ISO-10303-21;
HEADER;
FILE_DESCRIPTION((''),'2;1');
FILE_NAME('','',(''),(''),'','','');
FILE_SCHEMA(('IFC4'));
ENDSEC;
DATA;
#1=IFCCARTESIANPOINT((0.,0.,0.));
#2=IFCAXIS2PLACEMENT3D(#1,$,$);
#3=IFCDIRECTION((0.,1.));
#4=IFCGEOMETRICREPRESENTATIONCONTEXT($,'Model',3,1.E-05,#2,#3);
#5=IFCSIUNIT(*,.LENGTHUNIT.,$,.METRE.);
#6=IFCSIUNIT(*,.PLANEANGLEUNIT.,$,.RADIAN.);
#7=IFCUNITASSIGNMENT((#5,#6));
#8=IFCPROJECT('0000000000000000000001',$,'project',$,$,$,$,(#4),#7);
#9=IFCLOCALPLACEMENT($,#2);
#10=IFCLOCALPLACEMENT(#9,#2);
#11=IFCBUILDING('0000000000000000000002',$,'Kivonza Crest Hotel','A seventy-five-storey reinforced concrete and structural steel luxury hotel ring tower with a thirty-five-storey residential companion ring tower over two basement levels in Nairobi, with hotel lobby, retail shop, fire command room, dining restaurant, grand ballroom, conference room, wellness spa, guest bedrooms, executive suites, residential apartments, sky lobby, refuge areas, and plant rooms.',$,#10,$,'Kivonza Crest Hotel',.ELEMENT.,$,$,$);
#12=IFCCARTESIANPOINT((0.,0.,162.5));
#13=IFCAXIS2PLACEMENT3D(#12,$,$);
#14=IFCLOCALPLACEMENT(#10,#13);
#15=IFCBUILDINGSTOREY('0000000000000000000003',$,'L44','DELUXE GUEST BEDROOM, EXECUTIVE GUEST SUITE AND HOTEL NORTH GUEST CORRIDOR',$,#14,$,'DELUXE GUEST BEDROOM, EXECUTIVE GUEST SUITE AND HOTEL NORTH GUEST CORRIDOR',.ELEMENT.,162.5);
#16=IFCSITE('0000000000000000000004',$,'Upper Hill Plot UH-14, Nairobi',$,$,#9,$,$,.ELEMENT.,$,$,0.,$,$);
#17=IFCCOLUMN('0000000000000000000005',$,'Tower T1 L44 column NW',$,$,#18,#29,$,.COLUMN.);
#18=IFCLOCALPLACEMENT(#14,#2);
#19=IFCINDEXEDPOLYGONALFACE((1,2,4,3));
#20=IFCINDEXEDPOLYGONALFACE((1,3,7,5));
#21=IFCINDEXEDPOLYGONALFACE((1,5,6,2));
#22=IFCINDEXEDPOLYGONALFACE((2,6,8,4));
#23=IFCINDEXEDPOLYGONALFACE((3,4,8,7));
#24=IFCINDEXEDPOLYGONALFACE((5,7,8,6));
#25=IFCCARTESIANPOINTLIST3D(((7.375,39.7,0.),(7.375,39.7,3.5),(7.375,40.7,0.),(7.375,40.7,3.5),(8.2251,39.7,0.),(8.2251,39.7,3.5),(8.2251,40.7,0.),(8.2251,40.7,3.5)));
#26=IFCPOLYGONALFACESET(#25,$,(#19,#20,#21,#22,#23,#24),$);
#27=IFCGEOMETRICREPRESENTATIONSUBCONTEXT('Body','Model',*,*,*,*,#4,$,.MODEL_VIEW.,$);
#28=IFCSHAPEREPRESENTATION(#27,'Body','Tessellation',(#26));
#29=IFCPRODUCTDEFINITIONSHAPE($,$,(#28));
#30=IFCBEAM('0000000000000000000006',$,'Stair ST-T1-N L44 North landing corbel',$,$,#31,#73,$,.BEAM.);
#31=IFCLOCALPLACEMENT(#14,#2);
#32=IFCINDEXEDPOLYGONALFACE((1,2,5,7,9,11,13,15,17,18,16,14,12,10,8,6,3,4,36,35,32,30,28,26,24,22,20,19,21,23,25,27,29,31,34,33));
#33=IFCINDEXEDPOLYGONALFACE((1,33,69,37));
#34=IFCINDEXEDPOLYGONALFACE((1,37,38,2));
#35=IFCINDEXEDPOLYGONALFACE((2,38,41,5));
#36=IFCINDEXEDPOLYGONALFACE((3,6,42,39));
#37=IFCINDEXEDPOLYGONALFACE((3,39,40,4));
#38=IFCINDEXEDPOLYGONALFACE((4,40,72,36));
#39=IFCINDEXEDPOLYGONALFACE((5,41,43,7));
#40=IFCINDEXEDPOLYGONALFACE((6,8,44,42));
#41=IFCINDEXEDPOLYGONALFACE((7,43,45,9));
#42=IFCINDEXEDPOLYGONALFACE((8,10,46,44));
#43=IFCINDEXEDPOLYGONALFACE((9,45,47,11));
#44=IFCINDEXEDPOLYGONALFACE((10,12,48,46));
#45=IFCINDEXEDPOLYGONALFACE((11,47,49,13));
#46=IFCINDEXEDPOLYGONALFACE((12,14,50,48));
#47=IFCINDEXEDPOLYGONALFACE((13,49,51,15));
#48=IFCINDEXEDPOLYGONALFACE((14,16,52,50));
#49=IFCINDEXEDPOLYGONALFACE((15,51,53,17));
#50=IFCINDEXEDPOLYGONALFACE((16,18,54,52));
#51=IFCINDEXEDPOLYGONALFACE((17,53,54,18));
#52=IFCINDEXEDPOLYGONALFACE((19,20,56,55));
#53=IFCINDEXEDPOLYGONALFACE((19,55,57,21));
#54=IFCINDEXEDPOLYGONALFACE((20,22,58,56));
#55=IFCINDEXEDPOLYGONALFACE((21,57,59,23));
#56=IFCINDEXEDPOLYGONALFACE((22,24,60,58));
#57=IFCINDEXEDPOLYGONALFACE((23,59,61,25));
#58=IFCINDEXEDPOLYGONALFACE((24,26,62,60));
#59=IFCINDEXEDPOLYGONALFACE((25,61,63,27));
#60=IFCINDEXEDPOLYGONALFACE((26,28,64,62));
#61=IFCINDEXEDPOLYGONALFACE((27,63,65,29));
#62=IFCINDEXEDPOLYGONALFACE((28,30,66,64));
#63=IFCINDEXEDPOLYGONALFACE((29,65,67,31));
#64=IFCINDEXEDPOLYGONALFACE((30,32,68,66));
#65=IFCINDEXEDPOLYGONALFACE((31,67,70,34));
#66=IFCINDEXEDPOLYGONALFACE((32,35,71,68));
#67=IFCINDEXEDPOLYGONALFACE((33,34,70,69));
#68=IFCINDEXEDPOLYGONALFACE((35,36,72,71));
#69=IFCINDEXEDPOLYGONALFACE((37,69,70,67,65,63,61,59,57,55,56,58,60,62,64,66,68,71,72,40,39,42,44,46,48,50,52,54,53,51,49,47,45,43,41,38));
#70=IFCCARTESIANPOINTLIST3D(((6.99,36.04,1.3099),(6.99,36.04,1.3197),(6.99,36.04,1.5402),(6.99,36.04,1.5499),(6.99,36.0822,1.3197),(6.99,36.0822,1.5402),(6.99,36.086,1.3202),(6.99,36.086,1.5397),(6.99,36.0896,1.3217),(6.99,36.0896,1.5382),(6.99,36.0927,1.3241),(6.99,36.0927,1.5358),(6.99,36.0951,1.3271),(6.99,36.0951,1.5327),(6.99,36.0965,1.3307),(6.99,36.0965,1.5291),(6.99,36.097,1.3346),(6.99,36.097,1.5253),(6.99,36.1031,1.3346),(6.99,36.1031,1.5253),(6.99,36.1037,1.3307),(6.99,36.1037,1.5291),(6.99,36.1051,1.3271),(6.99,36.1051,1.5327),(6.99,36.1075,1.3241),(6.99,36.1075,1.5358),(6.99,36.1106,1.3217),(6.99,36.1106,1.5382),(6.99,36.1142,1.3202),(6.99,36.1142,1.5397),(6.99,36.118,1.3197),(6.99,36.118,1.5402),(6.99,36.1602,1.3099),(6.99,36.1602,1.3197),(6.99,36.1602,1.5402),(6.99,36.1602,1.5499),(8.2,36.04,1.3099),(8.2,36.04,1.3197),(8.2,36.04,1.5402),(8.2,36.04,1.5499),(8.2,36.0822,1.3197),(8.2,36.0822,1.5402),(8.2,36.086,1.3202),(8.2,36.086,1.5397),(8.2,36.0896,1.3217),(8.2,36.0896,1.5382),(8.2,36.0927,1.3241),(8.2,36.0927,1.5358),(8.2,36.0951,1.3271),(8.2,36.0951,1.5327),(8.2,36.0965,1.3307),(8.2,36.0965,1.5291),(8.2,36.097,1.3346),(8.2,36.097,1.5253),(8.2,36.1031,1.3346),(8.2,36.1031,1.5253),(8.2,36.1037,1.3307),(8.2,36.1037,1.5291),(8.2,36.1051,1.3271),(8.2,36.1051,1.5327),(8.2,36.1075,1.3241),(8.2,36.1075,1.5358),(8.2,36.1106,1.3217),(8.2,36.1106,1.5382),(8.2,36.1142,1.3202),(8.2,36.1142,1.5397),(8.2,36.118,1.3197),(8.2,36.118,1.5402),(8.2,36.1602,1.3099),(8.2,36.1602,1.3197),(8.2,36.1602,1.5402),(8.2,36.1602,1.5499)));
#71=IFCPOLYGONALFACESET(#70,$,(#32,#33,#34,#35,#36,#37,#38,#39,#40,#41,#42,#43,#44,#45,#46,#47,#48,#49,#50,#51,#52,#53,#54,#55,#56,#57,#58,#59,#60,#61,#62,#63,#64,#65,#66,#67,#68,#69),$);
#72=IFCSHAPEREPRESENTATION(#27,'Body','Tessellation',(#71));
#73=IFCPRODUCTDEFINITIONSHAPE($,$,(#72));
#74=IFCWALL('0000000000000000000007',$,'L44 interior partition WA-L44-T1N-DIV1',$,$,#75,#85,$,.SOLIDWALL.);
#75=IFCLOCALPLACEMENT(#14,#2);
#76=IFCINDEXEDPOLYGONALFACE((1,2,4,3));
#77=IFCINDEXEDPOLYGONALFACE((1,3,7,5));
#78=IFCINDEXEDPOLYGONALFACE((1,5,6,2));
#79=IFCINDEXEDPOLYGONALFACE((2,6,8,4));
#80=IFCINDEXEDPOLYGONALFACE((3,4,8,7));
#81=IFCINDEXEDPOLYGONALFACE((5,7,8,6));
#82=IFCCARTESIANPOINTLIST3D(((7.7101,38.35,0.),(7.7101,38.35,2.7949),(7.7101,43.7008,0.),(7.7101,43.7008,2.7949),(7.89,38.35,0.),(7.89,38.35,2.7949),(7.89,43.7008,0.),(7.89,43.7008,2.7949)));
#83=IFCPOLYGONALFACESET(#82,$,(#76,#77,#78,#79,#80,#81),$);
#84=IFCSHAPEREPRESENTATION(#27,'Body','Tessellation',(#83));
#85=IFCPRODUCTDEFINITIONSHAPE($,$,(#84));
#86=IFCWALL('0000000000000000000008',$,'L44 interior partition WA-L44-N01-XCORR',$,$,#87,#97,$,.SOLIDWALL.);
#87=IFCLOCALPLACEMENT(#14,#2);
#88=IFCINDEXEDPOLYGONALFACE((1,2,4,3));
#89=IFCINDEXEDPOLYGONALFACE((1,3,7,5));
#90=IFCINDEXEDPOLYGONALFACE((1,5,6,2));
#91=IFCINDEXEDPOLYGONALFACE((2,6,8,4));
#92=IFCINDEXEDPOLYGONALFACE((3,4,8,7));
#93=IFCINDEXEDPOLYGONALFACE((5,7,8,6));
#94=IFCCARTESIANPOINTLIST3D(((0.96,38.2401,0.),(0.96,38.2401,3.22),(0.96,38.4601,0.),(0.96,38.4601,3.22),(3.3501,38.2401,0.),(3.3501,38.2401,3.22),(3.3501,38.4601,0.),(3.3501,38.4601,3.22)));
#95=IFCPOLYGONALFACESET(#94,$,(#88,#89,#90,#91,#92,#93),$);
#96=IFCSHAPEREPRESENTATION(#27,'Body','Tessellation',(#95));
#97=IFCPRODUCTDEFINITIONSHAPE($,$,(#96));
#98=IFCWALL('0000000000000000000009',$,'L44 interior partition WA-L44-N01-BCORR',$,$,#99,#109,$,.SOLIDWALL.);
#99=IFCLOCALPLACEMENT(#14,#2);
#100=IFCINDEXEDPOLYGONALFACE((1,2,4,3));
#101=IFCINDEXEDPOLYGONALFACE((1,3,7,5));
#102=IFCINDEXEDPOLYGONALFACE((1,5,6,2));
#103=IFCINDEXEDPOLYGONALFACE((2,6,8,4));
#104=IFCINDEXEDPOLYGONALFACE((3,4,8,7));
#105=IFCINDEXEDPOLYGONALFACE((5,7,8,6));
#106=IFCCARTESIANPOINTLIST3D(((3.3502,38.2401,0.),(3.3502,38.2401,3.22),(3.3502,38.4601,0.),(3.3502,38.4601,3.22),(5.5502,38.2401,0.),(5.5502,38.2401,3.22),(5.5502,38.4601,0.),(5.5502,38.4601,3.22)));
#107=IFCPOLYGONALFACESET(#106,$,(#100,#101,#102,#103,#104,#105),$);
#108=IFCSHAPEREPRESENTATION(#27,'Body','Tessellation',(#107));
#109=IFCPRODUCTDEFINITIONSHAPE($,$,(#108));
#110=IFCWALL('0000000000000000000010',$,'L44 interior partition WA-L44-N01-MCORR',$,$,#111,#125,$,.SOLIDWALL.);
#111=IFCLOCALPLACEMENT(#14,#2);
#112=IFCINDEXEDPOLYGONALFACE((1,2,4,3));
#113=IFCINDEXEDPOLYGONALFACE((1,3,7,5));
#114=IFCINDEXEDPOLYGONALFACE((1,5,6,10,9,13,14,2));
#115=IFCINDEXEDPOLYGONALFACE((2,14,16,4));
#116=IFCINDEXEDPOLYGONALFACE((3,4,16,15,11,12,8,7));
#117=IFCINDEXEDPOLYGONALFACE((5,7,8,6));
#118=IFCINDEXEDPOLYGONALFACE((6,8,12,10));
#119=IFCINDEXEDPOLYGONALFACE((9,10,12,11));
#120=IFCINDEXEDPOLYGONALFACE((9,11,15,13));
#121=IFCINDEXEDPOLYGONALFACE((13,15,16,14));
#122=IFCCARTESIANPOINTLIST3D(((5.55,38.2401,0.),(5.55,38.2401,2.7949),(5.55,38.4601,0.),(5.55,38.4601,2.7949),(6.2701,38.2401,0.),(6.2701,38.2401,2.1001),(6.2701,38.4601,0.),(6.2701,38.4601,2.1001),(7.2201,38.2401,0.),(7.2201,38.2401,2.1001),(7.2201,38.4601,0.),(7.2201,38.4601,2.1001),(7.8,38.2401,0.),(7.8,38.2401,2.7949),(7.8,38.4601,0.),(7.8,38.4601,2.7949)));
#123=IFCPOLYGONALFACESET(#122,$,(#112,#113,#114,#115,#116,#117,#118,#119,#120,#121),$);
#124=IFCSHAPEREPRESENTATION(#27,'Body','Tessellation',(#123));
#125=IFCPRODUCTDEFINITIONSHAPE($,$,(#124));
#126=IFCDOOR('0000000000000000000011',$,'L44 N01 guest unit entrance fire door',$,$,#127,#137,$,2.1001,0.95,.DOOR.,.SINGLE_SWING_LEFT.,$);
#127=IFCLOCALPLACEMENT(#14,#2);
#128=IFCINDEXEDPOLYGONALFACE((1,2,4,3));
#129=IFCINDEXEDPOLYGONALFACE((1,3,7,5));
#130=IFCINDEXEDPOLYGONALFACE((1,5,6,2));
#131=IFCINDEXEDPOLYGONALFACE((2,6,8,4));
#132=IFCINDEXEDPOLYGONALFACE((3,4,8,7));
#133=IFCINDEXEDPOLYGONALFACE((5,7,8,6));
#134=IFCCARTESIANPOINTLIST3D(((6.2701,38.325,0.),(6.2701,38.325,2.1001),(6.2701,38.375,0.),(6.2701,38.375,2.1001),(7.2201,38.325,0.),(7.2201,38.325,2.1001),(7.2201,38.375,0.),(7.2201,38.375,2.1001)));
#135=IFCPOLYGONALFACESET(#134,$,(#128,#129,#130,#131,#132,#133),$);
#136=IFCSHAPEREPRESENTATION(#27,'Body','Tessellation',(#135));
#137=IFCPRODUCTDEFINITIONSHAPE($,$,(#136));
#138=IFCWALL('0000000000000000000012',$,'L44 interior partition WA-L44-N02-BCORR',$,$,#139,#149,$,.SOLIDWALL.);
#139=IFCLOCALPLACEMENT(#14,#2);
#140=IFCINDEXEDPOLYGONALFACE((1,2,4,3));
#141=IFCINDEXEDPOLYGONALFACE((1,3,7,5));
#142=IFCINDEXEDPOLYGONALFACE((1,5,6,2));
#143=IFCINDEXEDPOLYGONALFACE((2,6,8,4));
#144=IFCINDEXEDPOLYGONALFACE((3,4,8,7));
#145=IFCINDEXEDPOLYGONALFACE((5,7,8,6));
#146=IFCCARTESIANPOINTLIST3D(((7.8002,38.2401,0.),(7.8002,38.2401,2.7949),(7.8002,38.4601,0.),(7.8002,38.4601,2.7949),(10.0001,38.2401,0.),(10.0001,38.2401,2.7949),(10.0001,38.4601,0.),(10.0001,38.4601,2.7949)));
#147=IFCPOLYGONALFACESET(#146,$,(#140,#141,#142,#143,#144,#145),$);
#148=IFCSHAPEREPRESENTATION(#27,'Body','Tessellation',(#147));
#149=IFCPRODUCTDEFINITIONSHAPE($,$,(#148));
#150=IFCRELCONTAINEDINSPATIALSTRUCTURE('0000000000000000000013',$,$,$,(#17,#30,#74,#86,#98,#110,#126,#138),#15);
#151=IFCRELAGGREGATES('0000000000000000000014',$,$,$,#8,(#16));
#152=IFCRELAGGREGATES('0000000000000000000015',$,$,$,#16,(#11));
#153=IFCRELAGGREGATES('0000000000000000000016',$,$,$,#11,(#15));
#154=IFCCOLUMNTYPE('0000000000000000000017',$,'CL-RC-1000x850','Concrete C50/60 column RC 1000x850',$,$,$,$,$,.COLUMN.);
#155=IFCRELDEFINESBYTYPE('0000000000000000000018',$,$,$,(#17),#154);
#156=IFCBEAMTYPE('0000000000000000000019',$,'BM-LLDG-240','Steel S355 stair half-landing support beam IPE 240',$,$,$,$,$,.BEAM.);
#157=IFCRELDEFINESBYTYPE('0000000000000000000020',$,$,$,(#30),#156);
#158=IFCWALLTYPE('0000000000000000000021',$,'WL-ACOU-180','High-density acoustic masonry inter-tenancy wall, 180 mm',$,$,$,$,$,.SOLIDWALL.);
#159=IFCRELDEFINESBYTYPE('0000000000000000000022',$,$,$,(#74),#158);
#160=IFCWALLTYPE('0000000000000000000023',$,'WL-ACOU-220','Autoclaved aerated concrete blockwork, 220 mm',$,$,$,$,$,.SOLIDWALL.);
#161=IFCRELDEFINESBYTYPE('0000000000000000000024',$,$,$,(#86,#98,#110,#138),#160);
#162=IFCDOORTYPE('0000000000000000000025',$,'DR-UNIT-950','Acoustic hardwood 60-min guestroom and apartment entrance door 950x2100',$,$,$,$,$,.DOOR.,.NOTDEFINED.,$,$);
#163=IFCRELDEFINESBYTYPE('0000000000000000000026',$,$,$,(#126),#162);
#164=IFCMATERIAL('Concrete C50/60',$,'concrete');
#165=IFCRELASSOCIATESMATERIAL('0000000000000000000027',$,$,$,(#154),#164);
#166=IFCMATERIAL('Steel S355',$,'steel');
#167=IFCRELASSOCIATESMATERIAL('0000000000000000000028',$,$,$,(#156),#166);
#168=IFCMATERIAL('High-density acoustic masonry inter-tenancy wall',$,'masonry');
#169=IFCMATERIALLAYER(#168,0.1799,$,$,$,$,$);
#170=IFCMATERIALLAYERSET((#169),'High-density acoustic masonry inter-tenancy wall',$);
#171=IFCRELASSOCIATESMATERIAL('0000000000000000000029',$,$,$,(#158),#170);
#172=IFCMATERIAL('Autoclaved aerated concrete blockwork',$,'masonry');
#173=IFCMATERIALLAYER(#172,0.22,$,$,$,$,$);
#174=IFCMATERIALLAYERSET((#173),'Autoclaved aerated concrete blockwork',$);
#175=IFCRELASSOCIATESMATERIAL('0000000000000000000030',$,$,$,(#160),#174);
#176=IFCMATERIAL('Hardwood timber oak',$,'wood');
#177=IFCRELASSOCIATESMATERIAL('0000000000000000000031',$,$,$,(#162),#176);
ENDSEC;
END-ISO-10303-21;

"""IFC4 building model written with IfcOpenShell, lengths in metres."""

from ifc_helpers import new_model, si_unit, direction, frame, frame_2d, origin, origin_2d, place, context, subcontext, project, spatial, rectangle, i_section, extrude, material, layer, layer_set, material_profile, profile_set, type_object, element, fill, save


model = new_model("IFC4")

# Units and contexts
model_context = context("Model", 3, precision=1e-05, world=origin(), true_north=direction((0.0, 1.0)))
body_context = subcontext(model_context, "Body", "Model", "MODEL_VIEW")
ifc_project = project(units=[si_unit("LENGTHUNIT", "METRE"), si_unit("PLANEANGLEUNIT", "RADIAN")], contexts=[model_context])

# Site, building, storey
site_placement = place(None, origin())
site = spatial("IfcSite", under=ifc_project, at=site_placement, Name="Upper Hill Plot UH-14, Nairobi", CompositionType="ELEMENT", RefElevation=0.0)
building_placement = place(site_placement, origin())
building = spatial("IfcBuilding", under=site, at=building_placement, Name="Kivonza Crest Hotel", Description="A seventy-five-storey reinforced concrete and structural steel luxury hotel ring tower with a thirty-five-storey residential companion ring tower over two basement levels in Nairobi, with hotel lobby, retail shop, fire command room, dining restaurant, grand ballroom, conference room, wellness spa, guest bedrooms, executive suites, residential apartments, sky lobby, refuge areas, and plant rooms.", LongName="Kivonza Crest Hotel", CompositionType="ELEMENT")
storey_placement = place(building_placement, frame((0.0, 0.0, 162.5)))
storey = spatial("IfcBuildingStorey", under=building, at=storey_placement, Name="L44", Description="DELUXE GUEST BEDROOM, EXECUTIVE GUEST SUITE AND HOTEL NORTH GUEST CORRIDOR", LongName="DELUXE GUEST BEDROOM, EXECUTIVE GUEST SUITE AND HOTEL NORTH GUEST CORRIDOR", CompositionType="ELEMENT", Elevation=162.5)

# Column
ifc_material_1 = material(Name="Concrete C50/60", Category="concrete")
ifc_material_profile_1 = material_profile(ifc_material_1, rectangle(XDim=0.8501, YDim=1.0, at=origin_2d()), Name="RC 1000x850")
ifc_profile_set_1 = profile_set([ifc_material_profile_1], Name="Concrete C50/60")
column_type = type_object("IfcColumnType", Name="CL-RC-1000x850", Description="Concrete C50/60 column RC 1000x850", PredefinedType="COLUMN", material=ifc_profile_set_1)
column_placement = place(storey_placement, frame((7.8, 40.2, 0.0), z_axis=(0.0, 0.0, 1.0), x_axis=(1.0, 0.0, 0.0)))
element("IfcColumn", 1, at=column_placement, inside=storey, type_object=column_type, Name="Tower T1 L44 column NW", PredefinedType="COLUMN", context=body_context, shape_type="SweptSolid", body=[
    extrude(rectangle(XDim=0.8501, YDim=1.0, at=origin_2d()), origin(), (0.0, 0.0, 1.0), 3.5),
])

# Beam
ifc_material_2 = material(Name="Steel S355", Category="steel")
ifc_material_profile_2 = material_profile(ifc_material_2, i_section(OverallWidth=0.1201, OverallDepth=0.24, WebThickness=0.0061, FlangeThickness=0.0098, FilletRadius=0.0149, at=origin_2d()), Name="IPE 240")
ifc_profile_set_2 = profile_set([ifc_material_profile_2], Name="Steel S355")
beam_type = type_object("IfcBeamType", Name="BM-LLDG-240", Description="Steel S355 stair half-landing support beam IPE 240", PredefinedType="BEAM", material=ifc_profile_set_2)
beam_placement = place(storey_placement, frame((6.99, 36.1001, 1.4299), z_axis=(1.0, 0.0, 0.0), x_axis=(0.0, 1.0, 0.0)))
element("IfcBeam", 2, at=beam_placement, inside=storey, type_object=beam_type, Name="Stair ST-T1-N L44 North landing corbel", PredefinedType="BEAM", context=body_context, shape_type="SweptSolid", body=[
    extrude(i_section(OverallWidth=0.1201, OverallDepth=0.24, WebThickness=0.0061, FlangeThickness=0.0098, FilletRadius=0.0149, at=origin_2d()), origin(), (0.0, 0.0, 1.0), 1.21),
])

# Walls
ifc_material_3 = material(Name="High-density acoustic masonry inter-tenancy wall", Category="masonry")
ifc_layer_1 = layer(ifc_material_3, 0.1799)
ifc_layer_set_1 = layer_set([ifc_layer_1], Name="High-density acoustic masonry inter-tenancy wall")
wall_type_1 = type_object("IfcWallType", Name="WL-ACOU-180", Description="High-density acoustic masonry inter-tenancy wall, 180 mm", PredefinedType="SOLIDWALL", material=ifc_layer_set_1)
wall_1_placement = place(storey_placement, frame((7.8, 38.3501, 0.0), z_axis=(0.0, 0.0, 1.0), x_axis=(0.0, 1.0, 0.0)))
element("IfcWall", 3, at=wall_1_placement, inside=storey, type_object=wall_type_1, Name="L44 interior partition WA-L44-T1N-DIV1", PredefinedType="SOLIDWALL", context=body_context, shape_type="SweptSolid", body=[
    extrude(rectangle(XDim=5.3508, YDim=0.1799, at=frame_2d((2.6753, 0.0))), origin(), (0.0, 0.0, 1.0), 2.7949),
])
ifc_material_4 = material(Name="Autoclaved aerated concrete blockwork", Category="masonry")
ifc_layer_2 = layer(ifc_material_4, 0.22)
ifc_layer_set_2 = layer_set([ifc_layer_2], Name="Autoclaved aerated concrete blockwork")
wall_type_2 = type_object("IfcWallType", Name="WL-ACOU-220", Description="Autoclaved aerated concrete blockwork, 220 mm", PredefinedType="SOLIDWALL", material=ifc_layer_set_2)
wall_2_placement = place(storey_placement, frame((0.96, 38.3501, 0.0), z_axis=(0.0, 0.0, 1.0), x_axis=(1.0, 0.0, 0.0)))
element("IfcWall", 4, at=wall_2_placement, inside=storey, type_object=wall_type_2, Name="L44 interior partition WA-L44-N01-XCORR", PredefinedType="SOLIDWALL", context=body_context, shape_type="SweptSolid", body=[
    extrude(rectangle(XDim=2.3901, YDim=0.22, at=frame_2d((1.1951, 0.0))), origin(), (0.0, 0.0, 1.0), 3.22),
])
wall_3_placement = place(storey_placement, frame((3.3501, 38.3501, 0.0), z_axis=(0.0, 0.0, 1.0), x_axis=(1.0, 0.0, 0.0)))
element("IfcWall", 5, at=wall_3_placement, inside=storey, type_object=wall_type_2, Name="L44 interior partition WA-L44-N01-BCORR", PredefinedType="SOLIDWALL", context=body_context, shape_type="SweptSolid", body=[
    extrude(rectangle(XDim=2.2, YDim=0.22, at=frame_2d((1.1001, 0.0))), origin(), (0.0, 0.0, 1.0), 3.22),
])

# Wall, opening, door
wall_4_placement = place(storey_placement, frame((5.55, 38.3501, 0.0), z_axis=(0.0, 0.0, 1.0), x_axis=(1.0, 0.0, 0.0)))
wall_4 = element("IfcWall", 6, at=wall_4_placement, inside=storey, type_object=wall_type_2, Name="L44 interior partition WA-L44-N01-MCORR", PredefinedType="SOLIDWALL", context=body_context, shape_type="SweptSolid", body=[
    extrude(rectangle(XDim=2.25, YDim=0.22, at=frame_2d((1.125, 0.0))), origin(), (0.0, 0.0, 1.0), 2.7949),
])
opening_1_placement = place(wall_4_placement, frame((0.72, 0.0, 0.0)))
opening_1 = element("IfcOpeningElement", 7, at=opening_1_placement, cuts=wall_4, PredefinedType="OPENING", context=body_context, shape_type="SweptSolid", body=[
    extrude(rectangle(XDim=0.95, YDim=2.1001, at=frame_2d((0.4751, 1.05))), frame((0.0, 0.1201, 0.0), z_axis=(0.0, -1.0, 0.0), x_axis=(1.0, 0.0, 0.0)), (0.0, 0.0, 1.0), 0.24),
])
ifc_material_5 = material(Name="Hardwood timber oak", Category="wood")
door_type_1 = type_object("IfcDoorType", Name="DR-UNIT-950", Description="Acoustic hardwood 60-min guestroom and apartment entrance door 950x2100", OperationType="NOTDEFINED", PredefinedType="DOOR", material=ifc_material_5)
door_1_placement = place(opening_1_placement, origin())
door_1 = element("IfcDoor", 8, at=door_1_placement, inside=storey, type_object=door_type_1, Name="L44 N01 guest unit entrance fire door", OperationType="SINGLE_SWING_LEFT", OverallHeight=2.1001, OverallWidth=0.95, PredefinedType="DOOR", context=body_context, shape_type="SweptSolid", body=[
    extrude(rectangle(XDim=0.95, YDim=2.1001, at=frame_2d((0.4751, 1.05))), frame((0.0, 0.0249, 0.0), z_axis=(0.0, -1.0, 0.0), x_axis=(1.0, 0.0, 0.0)), (0.0, 0.0, 1.0), 0.05),
])
fill(opening_1, door_1)

# Wall
wall_5_placement = place(storey_placement, frame((7.8, 38.3501, 0.0), z_axis=(0.0, 0.0, 1.0), x_axis=(1.0, 0.0, 0.0)))
element("IfcWall", 9, at=wall_5_placement, inside=storey, type_object=wall_type_2, Name="L44 interior partition WA-L44-N02-BCORR", PredefinedType="SOLIDWALL", context=body_context, shape_type="SweptSolid", body=[
    extrude(rectangle(XDim=2.2, YDim=0.22, at=frame_2d((1.1001, 0.0))), origin(), (0.0, 0.0, 1.0), 2.7949),
])

save(model, "model.ifc")
